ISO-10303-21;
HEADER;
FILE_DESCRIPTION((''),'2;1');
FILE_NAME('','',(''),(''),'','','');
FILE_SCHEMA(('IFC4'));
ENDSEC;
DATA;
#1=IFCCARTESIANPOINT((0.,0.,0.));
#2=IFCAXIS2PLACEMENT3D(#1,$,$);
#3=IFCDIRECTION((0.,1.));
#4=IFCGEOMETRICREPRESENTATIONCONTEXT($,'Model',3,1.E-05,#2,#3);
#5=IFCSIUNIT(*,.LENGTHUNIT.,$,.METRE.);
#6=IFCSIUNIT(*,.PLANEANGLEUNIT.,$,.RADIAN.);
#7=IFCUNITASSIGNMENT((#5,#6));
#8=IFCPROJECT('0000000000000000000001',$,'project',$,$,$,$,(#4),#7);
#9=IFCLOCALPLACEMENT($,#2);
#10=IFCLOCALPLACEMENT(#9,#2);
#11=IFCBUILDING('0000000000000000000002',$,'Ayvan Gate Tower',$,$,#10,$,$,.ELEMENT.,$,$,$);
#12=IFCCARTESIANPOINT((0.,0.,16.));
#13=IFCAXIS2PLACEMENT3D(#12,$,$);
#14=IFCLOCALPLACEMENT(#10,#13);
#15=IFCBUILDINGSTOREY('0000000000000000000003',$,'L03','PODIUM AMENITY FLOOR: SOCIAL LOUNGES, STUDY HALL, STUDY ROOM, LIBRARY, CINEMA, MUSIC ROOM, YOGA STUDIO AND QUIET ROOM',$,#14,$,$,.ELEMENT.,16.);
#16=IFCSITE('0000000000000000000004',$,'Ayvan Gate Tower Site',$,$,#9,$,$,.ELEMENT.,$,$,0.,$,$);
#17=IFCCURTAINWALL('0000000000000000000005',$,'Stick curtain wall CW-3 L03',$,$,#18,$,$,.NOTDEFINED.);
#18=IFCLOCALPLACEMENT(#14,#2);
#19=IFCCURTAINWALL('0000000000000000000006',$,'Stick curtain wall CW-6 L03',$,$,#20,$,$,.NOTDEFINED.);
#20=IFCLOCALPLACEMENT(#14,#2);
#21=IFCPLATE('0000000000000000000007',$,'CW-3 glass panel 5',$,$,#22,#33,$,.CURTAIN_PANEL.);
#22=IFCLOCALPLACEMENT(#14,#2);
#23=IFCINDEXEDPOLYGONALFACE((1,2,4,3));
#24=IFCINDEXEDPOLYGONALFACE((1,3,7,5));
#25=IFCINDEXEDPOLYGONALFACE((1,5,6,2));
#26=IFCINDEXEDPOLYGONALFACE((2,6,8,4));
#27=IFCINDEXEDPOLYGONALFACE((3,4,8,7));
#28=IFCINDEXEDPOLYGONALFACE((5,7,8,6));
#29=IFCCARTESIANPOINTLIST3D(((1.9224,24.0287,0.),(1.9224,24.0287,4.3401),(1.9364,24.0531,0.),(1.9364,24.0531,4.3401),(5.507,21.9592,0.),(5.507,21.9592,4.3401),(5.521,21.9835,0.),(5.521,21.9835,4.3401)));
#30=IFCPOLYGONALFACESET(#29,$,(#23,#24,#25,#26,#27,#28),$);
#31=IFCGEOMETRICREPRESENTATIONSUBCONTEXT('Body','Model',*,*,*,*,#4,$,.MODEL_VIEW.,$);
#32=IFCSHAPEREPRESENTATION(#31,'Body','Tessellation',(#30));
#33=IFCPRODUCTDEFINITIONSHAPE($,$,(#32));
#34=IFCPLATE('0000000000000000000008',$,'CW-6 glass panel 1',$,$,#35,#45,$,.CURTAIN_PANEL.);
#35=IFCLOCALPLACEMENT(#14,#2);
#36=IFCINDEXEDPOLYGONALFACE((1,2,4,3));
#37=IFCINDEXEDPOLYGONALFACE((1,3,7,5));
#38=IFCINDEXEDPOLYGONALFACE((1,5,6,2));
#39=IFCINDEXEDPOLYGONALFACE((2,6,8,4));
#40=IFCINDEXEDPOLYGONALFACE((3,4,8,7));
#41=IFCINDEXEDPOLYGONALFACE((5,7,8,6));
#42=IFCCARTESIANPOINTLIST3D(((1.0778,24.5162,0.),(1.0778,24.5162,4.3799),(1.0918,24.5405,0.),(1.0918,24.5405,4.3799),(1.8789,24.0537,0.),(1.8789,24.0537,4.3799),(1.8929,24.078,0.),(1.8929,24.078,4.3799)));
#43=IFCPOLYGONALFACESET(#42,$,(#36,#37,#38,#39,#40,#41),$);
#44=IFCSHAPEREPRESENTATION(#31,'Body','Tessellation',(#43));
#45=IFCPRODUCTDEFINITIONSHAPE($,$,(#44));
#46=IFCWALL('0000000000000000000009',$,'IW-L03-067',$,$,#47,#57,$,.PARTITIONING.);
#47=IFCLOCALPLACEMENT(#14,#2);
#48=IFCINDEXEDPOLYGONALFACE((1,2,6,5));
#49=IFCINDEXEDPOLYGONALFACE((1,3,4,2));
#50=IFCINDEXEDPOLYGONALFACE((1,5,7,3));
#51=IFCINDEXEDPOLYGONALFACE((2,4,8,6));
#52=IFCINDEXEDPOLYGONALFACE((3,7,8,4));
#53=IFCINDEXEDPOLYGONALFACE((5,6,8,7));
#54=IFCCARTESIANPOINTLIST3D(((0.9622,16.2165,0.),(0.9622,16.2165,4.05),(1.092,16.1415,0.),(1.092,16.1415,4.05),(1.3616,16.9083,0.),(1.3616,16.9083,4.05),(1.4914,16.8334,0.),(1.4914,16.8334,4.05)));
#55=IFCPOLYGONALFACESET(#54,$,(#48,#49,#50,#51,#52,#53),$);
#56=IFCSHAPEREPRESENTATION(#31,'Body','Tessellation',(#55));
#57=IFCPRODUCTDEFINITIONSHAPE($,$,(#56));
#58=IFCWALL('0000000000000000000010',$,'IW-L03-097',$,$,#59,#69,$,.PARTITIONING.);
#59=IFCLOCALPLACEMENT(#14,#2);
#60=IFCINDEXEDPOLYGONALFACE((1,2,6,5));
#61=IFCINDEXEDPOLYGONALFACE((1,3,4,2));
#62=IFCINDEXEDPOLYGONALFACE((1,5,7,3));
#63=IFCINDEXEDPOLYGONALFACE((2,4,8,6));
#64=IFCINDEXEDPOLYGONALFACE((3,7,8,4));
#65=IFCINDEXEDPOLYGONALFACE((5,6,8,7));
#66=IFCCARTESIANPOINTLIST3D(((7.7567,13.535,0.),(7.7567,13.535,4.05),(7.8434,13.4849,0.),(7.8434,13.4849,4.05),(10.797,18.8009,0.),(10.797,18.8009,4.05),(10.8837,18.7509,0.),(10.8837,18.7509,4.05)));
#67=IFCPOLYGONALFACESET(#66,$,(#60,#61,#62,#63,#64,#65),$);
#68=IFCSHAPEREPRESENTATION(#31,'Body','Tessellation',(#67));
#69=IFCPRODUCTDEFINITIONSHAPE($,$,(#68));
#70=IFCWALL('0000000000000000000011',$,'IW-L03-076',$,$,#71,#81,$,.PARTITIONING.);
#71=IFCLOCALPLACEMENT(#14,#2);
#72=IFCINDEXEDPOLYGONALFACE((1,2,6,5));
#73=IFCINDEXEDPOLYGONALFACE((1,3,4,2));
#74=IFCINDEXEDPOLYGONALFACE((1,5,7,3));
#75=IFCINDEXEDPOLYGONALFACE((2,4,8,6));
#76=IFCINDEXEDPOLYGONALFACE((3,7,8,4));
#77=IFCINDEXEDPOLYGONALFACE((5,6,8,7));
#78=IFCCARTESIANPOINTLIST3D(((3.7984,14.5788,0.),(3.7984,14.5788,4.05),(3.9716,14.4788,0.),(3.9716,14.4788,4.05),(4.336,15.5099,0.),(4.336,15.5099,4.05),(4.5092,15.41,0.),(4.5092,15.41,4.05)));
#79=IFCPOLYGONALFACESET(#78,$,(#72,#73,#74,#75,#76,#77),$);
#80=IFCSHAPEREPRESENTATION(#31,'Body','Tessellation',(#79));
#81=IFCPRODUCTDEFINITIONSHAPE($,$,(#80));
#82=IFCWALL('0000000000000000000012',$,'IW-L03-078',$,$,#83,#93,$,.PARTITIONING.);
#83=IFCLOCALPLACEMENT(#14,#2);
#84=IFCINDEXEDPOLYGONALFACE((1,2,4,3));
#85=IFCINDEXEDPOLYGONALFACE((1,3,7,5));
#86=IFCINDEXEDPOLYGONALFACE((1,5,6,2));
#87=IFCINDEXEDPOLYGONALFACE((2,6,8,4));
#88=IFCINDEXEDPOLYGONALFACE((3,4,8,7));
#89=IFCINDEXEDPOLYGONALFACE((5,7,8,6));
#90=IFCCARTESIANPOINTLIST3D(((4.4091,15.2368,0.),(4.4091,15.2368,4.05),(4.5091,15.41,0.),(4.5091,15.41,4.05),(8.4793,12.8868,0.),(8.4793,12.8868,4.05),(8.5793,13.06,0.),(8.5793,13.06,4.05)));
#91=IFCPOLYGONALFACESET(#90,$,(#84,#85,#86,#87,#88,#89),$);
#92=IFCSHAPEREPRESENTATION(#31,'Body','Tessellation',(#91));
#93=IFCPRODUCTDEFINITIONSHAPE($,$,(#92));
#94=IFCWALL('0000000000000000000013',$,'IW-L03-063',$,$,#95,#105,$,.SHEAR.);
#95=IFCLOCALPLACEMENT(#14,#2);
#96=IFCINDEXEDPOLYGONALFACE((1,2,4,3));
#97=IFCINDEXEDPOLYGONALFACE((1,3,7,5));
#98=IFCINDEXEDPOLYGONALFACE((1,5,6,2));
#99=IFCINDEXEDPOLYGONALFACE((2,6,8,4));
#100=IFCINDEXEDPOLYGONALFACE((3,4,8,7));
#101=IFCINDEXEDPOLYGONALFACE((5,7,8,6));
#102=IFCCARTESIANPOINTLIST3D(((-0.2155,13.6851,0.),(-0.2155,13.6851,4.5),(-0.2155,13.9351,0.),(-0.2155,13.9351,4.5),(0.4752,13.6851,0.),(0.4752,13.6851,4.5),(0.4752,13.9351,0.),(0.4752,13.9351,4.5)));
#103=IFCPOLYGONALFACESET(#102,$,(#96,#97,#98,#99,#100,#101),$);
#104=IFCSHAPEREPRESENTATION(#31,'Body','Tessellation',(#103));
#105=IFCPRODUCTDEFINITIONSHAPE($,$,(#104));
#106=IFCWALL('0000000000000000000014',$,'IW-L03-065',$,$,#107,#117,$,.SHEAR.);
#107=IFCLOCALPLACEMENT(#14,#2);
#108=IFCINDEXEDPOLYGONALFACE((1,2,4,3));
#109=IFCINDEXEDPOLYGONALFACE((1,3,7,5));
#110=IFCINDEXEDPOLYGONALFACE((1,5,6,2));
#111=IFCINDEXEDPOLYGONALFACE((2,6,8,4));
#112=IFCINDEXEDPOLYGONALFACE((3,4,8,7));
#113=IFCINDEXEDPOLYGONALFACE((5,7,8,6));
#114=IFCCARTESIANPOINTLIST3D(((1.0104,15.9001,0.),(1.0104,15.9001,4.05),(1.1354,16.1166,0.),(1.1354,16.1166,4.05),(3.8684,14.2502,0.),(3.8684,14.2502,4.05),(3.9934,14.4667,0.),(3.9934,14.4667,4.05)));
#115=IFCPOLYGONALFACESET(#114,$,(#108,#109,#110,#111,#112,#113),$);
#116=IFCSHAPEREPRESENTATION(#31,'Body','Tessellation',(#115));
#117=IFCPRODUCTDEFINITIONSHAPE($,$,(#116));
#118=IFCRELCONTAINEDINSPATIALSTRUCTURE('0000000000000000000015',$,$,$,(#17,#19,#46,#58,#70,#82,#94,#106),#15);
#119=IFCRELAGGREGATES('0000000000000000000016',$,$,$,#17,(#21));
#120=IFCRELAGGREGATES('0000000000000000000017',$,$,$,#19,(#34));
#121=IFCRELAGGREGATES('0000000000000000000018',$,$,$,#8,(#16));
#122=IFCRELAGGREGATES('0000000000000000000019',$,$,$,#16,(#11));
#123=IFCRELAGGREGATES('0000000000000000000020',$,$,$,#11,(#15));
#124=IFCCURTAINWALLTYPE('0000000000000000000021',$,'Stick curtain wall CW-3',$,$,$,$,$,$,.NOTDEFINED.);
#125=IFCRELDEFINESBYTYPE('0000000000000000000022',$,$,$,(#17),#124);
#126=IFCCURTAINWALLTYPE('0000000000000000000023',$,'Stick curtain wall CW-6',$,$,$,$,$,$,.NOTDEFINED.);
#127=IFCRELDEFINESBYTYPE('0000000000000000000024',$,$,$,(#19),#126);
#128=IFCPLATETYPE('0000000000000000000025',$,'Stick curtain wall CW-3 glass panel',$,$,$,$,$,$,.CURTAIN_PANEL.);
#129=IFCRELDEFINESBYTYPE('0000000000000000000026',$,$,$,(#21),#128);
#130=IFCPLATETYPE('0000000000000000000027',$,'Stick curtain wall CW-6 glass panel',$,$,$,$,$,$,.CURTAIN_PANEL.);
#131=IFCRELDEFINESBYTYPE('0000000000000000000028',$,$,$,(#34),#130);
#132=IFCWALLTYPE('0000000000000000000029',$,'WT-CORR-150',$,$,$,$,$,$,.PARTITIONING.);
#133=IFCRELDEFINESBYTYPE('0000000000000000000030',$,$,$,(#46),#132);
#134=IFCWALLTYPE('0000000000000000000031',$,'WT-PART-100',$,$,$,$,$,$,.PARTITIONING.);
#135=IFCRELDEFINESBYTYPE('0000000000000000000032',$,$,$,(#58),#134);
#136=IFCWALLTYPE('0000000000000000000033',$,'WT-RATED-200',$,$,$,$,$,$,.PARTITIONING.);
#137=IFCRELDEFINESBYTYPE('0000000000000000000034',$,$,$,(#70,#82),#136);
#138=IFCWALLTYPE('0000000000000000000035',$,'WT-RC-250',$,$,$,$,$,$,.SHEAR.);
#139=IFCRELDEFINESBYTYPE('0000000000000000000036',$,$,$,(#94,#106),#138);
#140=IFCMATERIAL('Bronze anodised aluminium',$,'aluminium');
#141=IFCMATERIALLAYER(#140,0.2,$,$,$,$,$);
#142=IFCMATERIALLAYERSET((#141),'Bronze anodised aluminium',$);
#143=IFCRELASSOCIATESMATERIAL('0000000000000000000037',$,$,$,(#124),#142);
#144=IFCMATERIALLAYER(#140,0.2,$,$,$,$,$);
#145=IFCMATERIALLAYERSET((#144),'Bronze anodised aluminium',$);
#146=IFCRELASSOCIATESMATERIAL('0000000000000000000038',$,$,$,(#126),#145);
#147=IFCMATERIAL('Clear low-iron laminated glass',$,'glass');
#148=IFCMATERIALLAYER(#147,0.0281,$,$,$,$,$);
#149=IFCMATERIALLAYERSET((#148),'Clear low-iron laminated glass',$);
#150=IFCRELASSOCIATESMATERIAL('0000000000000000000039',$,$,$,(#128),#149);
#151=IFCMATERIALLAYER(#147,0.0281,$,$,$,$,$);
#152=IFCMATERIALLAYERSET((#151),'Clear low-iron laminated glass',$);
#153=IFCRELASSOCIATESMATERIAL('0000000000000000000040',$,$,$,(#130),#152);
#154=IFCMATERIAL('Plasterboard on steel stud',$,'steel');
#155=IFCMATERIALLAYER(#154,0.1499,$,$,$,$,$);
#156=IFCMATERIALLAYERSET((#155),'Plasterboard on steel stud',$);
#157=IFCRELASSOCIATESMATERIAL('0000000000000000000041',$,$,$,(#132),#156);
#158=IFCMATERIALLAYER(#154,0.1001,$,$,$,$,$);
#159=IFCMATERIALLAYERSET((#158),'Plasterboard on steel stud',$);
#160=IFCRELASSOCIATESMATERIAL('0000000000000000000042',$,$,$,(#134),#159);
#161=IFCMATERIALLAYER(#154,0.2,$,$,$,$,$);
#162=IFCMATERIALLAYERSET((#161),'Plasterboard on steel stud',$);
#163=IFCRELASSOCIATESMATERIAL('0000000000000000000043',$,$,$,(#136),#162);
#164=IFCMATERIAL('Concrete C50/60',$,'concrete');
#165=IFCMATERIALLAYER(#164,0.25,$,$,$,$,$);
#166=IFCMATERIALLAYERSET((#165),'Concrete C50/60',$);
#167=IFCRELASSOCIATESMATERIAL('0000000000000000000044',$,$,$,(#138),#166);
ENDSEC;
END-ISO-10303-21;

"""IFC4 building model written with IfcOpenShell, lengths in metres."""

from ifc_helpers import new_model, si_unit, direction, frame, frame_2d, origin, origin_2d, place, context, subcontext, project, spatial, rectangle, extrude, material, layer, layer_set, type_object, element, aggregate, save


model = new_model("IFC4")

# Units and contexts
model_context = context("Model", 3, precision=1e-05, world=origin(), true_north=direction((0.0, 1.0)))
body_context = subcontext(model_context, "Body", "Model", "MODEL_VIEW")
ifc_project = project(units=[si_unit("LENGTHUNIT", "METRE"), si_unit("PLANEANGLEUNIT", "RADIAN")], contexts=[model_context])

# Site, building, storey
site_placement = place(None, origin())
site = spatial("IfcSite", under=ifc_project, at=site_placement, Name="Ayvan Gate Tower Site", CompositionType="ELEMENT", RefElevation=0.0)
building_placement = place(site_placement, origin())
building = spatial("IfcBuilding", under=site, at=building_placement, Name="Ayvan Gate Tower", CompositionType="ELEMENT")
storey_placement = place(building_placement, frame((0.0, 0.0, 16.0)))
storey = spatial("IfcBuildingStorey", under=building, at=storey_placement, Name="L03", Description="PODIUM AMENITY FLOOR: SOCIAL LOUNGES, STUDY HALL, STUDY ROOM, LIBRARY, CINEMA, MUSIC ROOM, YOGA STUDIO AND QUIET ROOM", CompositionType="ELEMENT", Elevation=16.0)

# Curtain walls
ifc_material_1 = material(Name="Bronze anodised aluminium", Category="aluminium")
ifc_layer_1 = layer(ifc_material_1, 0.2)
ifc_layer_set_1 = layer_set([ifc_layer_1], Name="Bronze anodised aluminium")
curtain_wall_type_1 = type_object("IfcCurtainWallType", Name="Stick curtain wall CW-3", PredefinedType="NOTDEFINED", material=ifc_layer_set_1)
curtain_wall_1_placement = place(storey_placement, origin())
curtain_wall_1 = element("IfcCurtainWall", 1, at=curtain_wall_1_placement, inside=storey, type_object=curtain_wall_type_1, Name="Stick curtain wall CW-3 L03", PredefinedType="NOTDEFINED")
ifc_layer_2 = layer(ifc_material_1, 0.2)
ifc_layer_set_2 = layer_set([ifc_layer_2], Name="Bronze anodised aluminium")
curtain_wall_type_2 = type_object("IfcCurtainWallType", Name="Stick curtain wall CW-6", PredefinedType="NOTDEFINED", material=ifc_layer_set_2)
curtain_wall_2_placement = place(storey_placement, origin())
curtain_wall_2 = element("IfcCurtainWall", 2, at=curtain_wall_2_placement, inside=storey, type_object=curtain_wall_type_2, Name="Stick curtain wall CW-6 L03", PredefinedType="NOTDEFINED")

# Plates
ifc_material_2 = material(Name="Clear low-iron laminated glass", Category="glass")
ifc_layer_3 = layer(ifc_material_2, 0.0281)
ifc_layer_set_3 = layer_set([ifc_layer_3], Name="Clear low-iron laminated glass")
plate_type_1 = type_object("IfcPlateType", Name="Stick curtain wall CW-3 glass panel", PredefinedType="CURTAIN_PANEL", material=ifc_layer_set_3)
plate_1_placement = place(storey_placement, frame((3.7217, 23.0061, 0.0), z_axis=(0.0, 0.0, 1.0), x_axis=(-0.866025, 0.5, 0.0)))
plate_1 = element("IfcPlate", 3, at=plate_1_placement, type_object=plate_type_1, Name="CW-3 glass panel 5", PredefinedType="CURTAIN_PANEL", context=body_context, shape_type="SweptSolid", body=[
    extrude(rectangle(XDim=4.1392, YDim=0.0281, at=origin_2d()), origin(), (0.0, 0.0, 1.0), 4.3401),
])
aggregate(curtain_wall_1, [plate_1])
ifc_layer_4 = layer(ifc_material_2, 0.0281)
ifc_layer_set_4 = layer_set([ifc_layer_4], Name="Clear low-iron laminated glass")
plate_type_2 = type_object("IfcPlateType", Name="Stick curtain wall CW-6 glass panel", PredefinedType="CURTAIN_PANEL", material=ifc_layer_set_4)
plate_2_placement = place(storey_placement, frame((1.4854, 24.2971, 0.0), z_axis=(0.0, 0.0, 1.0), x_axis=(-0.866025, 0.5, 0.0)))
plate_2 = element("IfcPlate", 4, at=plate_2_placement, type_object=plate_type_2, Name="CW-6 glass panel 1", PredefinedType="CURTAIN_PANEL", context=body_context, shape_type="SweptSolid", body=[
    extrude(rectangle(XDim=0.925, YDim=0.0281, at=origin_2d()), origin(), (0.0, 0.0, 1.0), 4.3799),
])
aggregate(curtain_wall_2, [plate_2])

# Walls
ifc_material_3 = material(Name="Plasterboard on steel stud", Category="steel")
ifc_layer_5 = layer(ifc_material_3, 0.1499)
ifc_layer_set_5 = layer_set([ifc_layer_5], Name="Plasterboard on steel stud")
wall_type_1 = type_object("IfcWallType", Name="WT-CORR-150", PredefinedType="PARTITIONING", material=ifc_layer_set_5)
wall_1_placement = place(storey_placement, frame((1.4265, 16.8708, 0.0), z_axis=(0.0, 0.0, 1.0), x_axis=(-0.499952, -0.866053, 0.0)))
element("IfcWall", 5, at=wall_1_placement, inside=storey, type_object=wall_type_1, Name="IW-L03-067", PredefinedType="PARTITIONING", context=body_context, shape_type="SweptSolid", body=[
    extrude(rectangle(XDim=0.7988, YDim=0.1499, at=frame_2d((0.3994, 0.0))), origin(), (0.0, 0.0, 1.0), 4.05),
])
ifc_layer_6 = layer(ifc_material_3, 0.1001)
ifc_layer_set_6 = layer_set([ifc_layer_6], Name="Plasterboard on steel stud")
wall_type_2 = type_object("IfcWallType", Name="WT-PART-100", PredefinedType="PARTITIONING", material=ifc_layer_set_6)
wall_2_placement = place(storey_placement, frame((10.8403, 18.7759, 0.0), z_axis=(0.0, 0.0, 1.0), x_axis=(-0.500004, -0.866023, 0.0)))
element("IfcWall", 6, at=wall_2_placement, inside=storey, type_object=wall_type_2, Name="IW-L03-097", PredefinedType="PARTITIONING", context=body_context, shape_type="SweptSolid", body=[
    extrude(rectangle(XDim=6.0806, YDim=0.1001, at=frame_2d((3.0403, 0.0))), origin(), (0.0, 0.0, 1.0), 4.05),
])
ifc_layer_7 = layer(ifc_material_3, 0.2)
ifc_layer_set_7 = layer_set([ifc_layer_7], Name="Plasterboard on steel stud")
wall_type_3 = type_object("IfcWallType", Name="WT-RATED-200", PredefinedType="PARTITIONING", material=ifc_layer_set_7)
wall_3_placement = place(storey_placement, frame((3.885, 14.5288, 0.0), z_axis=(0.0, 0.0, 1.0), x_axis=(0.499998, 0.866027, 0.0)))
element("IfcWall", 7, at=wall_3_placement, inside=storey, type_object=wall_type_3, Name="IW-L03-076", PredefinedType="PARTITIONING", context=body_context, shape_type="SweptSolid", body=[
    extrude(rectangle(XDim=1.0752, YDim=0.2, at=frame_2d((0.5376, 0.0))), origin(), (0.0, 0.0, 1.0), 4.05),
])
wall_4_placement = place(storey_placement, frame((4.459, 15.3235, 0.0), z_axis=(0.0, 0.0, 1.0), x_axis=(0.866016, -0.500016, 0.0)))
element("IfcWall", 8, at=wall_4_placement, inside=storey, type_object=wall_type_3, Name="IW-L03-078", PredefinedType="PARTITIONING", context=body_context, shape_type="SweptSolid", body=[
    extrude(rectangle(XDim=4.7, YDim=0.2, at=frame_2d((2.3501, 0.0))), origin(), (0.0, 0.0, 1.0), 4.05),
])
ifc_material_4 = material(Name="Concrete C50/60", Category="concrete")
ifc_layer_8 = layer(ifc_material_4, 0.25)
ifc_layer_set_8 = layer_set([ifc_layer_8], Name="Concrete C50/60")
wall_type_4 = type_object("IfcWallType", Name="WT-RC-250", PredefinedType="SHEAR", material=ifc_layer_set_8)
wall_5_placement = place(storey_placement, frame((0.4751, 13.8101, 0.0), z_axis=(0.0, 0.0, 1.0), x_axis=(-1.0, 0.0, 0.0)))
element("IfcWall", 9, at=wall_5_placement, inside=storey, type_object=wall_type_4, Name="IW-L03-063", PredefinedType="SHEAR", context=body_context, shape_type="SweptSolid", body=[
    extrude(rectangle(XDim=0.6907, YDim=0.25, at=frame_2d((0.3452, 0.0))), origin(), (0.0, 0.0, 1.0), 4.5),
])
wall_6_placement = place(storey_placement, frame((1.073, 16.0083, 0.0), z_axis=(0.0, 0.0, 1.0), x_axis=(0.86604, -0.499974, 0.0)))
element("IfcWall", 10, at=wall_6_placement, inside=storey, type_object=wall_type_4, Name="IW-L03-065", PredefinedType="SHEAR", context=body_context, shape_type="SweptSolid", body=[
    extrude(rectangle(XDim=3.3, YDim=0.25, at=frame_2d((1.6499, 0.0))), origin(), (0.0, 0.0, 1.0), 4.05),
])

save(model, "model.ifc")
